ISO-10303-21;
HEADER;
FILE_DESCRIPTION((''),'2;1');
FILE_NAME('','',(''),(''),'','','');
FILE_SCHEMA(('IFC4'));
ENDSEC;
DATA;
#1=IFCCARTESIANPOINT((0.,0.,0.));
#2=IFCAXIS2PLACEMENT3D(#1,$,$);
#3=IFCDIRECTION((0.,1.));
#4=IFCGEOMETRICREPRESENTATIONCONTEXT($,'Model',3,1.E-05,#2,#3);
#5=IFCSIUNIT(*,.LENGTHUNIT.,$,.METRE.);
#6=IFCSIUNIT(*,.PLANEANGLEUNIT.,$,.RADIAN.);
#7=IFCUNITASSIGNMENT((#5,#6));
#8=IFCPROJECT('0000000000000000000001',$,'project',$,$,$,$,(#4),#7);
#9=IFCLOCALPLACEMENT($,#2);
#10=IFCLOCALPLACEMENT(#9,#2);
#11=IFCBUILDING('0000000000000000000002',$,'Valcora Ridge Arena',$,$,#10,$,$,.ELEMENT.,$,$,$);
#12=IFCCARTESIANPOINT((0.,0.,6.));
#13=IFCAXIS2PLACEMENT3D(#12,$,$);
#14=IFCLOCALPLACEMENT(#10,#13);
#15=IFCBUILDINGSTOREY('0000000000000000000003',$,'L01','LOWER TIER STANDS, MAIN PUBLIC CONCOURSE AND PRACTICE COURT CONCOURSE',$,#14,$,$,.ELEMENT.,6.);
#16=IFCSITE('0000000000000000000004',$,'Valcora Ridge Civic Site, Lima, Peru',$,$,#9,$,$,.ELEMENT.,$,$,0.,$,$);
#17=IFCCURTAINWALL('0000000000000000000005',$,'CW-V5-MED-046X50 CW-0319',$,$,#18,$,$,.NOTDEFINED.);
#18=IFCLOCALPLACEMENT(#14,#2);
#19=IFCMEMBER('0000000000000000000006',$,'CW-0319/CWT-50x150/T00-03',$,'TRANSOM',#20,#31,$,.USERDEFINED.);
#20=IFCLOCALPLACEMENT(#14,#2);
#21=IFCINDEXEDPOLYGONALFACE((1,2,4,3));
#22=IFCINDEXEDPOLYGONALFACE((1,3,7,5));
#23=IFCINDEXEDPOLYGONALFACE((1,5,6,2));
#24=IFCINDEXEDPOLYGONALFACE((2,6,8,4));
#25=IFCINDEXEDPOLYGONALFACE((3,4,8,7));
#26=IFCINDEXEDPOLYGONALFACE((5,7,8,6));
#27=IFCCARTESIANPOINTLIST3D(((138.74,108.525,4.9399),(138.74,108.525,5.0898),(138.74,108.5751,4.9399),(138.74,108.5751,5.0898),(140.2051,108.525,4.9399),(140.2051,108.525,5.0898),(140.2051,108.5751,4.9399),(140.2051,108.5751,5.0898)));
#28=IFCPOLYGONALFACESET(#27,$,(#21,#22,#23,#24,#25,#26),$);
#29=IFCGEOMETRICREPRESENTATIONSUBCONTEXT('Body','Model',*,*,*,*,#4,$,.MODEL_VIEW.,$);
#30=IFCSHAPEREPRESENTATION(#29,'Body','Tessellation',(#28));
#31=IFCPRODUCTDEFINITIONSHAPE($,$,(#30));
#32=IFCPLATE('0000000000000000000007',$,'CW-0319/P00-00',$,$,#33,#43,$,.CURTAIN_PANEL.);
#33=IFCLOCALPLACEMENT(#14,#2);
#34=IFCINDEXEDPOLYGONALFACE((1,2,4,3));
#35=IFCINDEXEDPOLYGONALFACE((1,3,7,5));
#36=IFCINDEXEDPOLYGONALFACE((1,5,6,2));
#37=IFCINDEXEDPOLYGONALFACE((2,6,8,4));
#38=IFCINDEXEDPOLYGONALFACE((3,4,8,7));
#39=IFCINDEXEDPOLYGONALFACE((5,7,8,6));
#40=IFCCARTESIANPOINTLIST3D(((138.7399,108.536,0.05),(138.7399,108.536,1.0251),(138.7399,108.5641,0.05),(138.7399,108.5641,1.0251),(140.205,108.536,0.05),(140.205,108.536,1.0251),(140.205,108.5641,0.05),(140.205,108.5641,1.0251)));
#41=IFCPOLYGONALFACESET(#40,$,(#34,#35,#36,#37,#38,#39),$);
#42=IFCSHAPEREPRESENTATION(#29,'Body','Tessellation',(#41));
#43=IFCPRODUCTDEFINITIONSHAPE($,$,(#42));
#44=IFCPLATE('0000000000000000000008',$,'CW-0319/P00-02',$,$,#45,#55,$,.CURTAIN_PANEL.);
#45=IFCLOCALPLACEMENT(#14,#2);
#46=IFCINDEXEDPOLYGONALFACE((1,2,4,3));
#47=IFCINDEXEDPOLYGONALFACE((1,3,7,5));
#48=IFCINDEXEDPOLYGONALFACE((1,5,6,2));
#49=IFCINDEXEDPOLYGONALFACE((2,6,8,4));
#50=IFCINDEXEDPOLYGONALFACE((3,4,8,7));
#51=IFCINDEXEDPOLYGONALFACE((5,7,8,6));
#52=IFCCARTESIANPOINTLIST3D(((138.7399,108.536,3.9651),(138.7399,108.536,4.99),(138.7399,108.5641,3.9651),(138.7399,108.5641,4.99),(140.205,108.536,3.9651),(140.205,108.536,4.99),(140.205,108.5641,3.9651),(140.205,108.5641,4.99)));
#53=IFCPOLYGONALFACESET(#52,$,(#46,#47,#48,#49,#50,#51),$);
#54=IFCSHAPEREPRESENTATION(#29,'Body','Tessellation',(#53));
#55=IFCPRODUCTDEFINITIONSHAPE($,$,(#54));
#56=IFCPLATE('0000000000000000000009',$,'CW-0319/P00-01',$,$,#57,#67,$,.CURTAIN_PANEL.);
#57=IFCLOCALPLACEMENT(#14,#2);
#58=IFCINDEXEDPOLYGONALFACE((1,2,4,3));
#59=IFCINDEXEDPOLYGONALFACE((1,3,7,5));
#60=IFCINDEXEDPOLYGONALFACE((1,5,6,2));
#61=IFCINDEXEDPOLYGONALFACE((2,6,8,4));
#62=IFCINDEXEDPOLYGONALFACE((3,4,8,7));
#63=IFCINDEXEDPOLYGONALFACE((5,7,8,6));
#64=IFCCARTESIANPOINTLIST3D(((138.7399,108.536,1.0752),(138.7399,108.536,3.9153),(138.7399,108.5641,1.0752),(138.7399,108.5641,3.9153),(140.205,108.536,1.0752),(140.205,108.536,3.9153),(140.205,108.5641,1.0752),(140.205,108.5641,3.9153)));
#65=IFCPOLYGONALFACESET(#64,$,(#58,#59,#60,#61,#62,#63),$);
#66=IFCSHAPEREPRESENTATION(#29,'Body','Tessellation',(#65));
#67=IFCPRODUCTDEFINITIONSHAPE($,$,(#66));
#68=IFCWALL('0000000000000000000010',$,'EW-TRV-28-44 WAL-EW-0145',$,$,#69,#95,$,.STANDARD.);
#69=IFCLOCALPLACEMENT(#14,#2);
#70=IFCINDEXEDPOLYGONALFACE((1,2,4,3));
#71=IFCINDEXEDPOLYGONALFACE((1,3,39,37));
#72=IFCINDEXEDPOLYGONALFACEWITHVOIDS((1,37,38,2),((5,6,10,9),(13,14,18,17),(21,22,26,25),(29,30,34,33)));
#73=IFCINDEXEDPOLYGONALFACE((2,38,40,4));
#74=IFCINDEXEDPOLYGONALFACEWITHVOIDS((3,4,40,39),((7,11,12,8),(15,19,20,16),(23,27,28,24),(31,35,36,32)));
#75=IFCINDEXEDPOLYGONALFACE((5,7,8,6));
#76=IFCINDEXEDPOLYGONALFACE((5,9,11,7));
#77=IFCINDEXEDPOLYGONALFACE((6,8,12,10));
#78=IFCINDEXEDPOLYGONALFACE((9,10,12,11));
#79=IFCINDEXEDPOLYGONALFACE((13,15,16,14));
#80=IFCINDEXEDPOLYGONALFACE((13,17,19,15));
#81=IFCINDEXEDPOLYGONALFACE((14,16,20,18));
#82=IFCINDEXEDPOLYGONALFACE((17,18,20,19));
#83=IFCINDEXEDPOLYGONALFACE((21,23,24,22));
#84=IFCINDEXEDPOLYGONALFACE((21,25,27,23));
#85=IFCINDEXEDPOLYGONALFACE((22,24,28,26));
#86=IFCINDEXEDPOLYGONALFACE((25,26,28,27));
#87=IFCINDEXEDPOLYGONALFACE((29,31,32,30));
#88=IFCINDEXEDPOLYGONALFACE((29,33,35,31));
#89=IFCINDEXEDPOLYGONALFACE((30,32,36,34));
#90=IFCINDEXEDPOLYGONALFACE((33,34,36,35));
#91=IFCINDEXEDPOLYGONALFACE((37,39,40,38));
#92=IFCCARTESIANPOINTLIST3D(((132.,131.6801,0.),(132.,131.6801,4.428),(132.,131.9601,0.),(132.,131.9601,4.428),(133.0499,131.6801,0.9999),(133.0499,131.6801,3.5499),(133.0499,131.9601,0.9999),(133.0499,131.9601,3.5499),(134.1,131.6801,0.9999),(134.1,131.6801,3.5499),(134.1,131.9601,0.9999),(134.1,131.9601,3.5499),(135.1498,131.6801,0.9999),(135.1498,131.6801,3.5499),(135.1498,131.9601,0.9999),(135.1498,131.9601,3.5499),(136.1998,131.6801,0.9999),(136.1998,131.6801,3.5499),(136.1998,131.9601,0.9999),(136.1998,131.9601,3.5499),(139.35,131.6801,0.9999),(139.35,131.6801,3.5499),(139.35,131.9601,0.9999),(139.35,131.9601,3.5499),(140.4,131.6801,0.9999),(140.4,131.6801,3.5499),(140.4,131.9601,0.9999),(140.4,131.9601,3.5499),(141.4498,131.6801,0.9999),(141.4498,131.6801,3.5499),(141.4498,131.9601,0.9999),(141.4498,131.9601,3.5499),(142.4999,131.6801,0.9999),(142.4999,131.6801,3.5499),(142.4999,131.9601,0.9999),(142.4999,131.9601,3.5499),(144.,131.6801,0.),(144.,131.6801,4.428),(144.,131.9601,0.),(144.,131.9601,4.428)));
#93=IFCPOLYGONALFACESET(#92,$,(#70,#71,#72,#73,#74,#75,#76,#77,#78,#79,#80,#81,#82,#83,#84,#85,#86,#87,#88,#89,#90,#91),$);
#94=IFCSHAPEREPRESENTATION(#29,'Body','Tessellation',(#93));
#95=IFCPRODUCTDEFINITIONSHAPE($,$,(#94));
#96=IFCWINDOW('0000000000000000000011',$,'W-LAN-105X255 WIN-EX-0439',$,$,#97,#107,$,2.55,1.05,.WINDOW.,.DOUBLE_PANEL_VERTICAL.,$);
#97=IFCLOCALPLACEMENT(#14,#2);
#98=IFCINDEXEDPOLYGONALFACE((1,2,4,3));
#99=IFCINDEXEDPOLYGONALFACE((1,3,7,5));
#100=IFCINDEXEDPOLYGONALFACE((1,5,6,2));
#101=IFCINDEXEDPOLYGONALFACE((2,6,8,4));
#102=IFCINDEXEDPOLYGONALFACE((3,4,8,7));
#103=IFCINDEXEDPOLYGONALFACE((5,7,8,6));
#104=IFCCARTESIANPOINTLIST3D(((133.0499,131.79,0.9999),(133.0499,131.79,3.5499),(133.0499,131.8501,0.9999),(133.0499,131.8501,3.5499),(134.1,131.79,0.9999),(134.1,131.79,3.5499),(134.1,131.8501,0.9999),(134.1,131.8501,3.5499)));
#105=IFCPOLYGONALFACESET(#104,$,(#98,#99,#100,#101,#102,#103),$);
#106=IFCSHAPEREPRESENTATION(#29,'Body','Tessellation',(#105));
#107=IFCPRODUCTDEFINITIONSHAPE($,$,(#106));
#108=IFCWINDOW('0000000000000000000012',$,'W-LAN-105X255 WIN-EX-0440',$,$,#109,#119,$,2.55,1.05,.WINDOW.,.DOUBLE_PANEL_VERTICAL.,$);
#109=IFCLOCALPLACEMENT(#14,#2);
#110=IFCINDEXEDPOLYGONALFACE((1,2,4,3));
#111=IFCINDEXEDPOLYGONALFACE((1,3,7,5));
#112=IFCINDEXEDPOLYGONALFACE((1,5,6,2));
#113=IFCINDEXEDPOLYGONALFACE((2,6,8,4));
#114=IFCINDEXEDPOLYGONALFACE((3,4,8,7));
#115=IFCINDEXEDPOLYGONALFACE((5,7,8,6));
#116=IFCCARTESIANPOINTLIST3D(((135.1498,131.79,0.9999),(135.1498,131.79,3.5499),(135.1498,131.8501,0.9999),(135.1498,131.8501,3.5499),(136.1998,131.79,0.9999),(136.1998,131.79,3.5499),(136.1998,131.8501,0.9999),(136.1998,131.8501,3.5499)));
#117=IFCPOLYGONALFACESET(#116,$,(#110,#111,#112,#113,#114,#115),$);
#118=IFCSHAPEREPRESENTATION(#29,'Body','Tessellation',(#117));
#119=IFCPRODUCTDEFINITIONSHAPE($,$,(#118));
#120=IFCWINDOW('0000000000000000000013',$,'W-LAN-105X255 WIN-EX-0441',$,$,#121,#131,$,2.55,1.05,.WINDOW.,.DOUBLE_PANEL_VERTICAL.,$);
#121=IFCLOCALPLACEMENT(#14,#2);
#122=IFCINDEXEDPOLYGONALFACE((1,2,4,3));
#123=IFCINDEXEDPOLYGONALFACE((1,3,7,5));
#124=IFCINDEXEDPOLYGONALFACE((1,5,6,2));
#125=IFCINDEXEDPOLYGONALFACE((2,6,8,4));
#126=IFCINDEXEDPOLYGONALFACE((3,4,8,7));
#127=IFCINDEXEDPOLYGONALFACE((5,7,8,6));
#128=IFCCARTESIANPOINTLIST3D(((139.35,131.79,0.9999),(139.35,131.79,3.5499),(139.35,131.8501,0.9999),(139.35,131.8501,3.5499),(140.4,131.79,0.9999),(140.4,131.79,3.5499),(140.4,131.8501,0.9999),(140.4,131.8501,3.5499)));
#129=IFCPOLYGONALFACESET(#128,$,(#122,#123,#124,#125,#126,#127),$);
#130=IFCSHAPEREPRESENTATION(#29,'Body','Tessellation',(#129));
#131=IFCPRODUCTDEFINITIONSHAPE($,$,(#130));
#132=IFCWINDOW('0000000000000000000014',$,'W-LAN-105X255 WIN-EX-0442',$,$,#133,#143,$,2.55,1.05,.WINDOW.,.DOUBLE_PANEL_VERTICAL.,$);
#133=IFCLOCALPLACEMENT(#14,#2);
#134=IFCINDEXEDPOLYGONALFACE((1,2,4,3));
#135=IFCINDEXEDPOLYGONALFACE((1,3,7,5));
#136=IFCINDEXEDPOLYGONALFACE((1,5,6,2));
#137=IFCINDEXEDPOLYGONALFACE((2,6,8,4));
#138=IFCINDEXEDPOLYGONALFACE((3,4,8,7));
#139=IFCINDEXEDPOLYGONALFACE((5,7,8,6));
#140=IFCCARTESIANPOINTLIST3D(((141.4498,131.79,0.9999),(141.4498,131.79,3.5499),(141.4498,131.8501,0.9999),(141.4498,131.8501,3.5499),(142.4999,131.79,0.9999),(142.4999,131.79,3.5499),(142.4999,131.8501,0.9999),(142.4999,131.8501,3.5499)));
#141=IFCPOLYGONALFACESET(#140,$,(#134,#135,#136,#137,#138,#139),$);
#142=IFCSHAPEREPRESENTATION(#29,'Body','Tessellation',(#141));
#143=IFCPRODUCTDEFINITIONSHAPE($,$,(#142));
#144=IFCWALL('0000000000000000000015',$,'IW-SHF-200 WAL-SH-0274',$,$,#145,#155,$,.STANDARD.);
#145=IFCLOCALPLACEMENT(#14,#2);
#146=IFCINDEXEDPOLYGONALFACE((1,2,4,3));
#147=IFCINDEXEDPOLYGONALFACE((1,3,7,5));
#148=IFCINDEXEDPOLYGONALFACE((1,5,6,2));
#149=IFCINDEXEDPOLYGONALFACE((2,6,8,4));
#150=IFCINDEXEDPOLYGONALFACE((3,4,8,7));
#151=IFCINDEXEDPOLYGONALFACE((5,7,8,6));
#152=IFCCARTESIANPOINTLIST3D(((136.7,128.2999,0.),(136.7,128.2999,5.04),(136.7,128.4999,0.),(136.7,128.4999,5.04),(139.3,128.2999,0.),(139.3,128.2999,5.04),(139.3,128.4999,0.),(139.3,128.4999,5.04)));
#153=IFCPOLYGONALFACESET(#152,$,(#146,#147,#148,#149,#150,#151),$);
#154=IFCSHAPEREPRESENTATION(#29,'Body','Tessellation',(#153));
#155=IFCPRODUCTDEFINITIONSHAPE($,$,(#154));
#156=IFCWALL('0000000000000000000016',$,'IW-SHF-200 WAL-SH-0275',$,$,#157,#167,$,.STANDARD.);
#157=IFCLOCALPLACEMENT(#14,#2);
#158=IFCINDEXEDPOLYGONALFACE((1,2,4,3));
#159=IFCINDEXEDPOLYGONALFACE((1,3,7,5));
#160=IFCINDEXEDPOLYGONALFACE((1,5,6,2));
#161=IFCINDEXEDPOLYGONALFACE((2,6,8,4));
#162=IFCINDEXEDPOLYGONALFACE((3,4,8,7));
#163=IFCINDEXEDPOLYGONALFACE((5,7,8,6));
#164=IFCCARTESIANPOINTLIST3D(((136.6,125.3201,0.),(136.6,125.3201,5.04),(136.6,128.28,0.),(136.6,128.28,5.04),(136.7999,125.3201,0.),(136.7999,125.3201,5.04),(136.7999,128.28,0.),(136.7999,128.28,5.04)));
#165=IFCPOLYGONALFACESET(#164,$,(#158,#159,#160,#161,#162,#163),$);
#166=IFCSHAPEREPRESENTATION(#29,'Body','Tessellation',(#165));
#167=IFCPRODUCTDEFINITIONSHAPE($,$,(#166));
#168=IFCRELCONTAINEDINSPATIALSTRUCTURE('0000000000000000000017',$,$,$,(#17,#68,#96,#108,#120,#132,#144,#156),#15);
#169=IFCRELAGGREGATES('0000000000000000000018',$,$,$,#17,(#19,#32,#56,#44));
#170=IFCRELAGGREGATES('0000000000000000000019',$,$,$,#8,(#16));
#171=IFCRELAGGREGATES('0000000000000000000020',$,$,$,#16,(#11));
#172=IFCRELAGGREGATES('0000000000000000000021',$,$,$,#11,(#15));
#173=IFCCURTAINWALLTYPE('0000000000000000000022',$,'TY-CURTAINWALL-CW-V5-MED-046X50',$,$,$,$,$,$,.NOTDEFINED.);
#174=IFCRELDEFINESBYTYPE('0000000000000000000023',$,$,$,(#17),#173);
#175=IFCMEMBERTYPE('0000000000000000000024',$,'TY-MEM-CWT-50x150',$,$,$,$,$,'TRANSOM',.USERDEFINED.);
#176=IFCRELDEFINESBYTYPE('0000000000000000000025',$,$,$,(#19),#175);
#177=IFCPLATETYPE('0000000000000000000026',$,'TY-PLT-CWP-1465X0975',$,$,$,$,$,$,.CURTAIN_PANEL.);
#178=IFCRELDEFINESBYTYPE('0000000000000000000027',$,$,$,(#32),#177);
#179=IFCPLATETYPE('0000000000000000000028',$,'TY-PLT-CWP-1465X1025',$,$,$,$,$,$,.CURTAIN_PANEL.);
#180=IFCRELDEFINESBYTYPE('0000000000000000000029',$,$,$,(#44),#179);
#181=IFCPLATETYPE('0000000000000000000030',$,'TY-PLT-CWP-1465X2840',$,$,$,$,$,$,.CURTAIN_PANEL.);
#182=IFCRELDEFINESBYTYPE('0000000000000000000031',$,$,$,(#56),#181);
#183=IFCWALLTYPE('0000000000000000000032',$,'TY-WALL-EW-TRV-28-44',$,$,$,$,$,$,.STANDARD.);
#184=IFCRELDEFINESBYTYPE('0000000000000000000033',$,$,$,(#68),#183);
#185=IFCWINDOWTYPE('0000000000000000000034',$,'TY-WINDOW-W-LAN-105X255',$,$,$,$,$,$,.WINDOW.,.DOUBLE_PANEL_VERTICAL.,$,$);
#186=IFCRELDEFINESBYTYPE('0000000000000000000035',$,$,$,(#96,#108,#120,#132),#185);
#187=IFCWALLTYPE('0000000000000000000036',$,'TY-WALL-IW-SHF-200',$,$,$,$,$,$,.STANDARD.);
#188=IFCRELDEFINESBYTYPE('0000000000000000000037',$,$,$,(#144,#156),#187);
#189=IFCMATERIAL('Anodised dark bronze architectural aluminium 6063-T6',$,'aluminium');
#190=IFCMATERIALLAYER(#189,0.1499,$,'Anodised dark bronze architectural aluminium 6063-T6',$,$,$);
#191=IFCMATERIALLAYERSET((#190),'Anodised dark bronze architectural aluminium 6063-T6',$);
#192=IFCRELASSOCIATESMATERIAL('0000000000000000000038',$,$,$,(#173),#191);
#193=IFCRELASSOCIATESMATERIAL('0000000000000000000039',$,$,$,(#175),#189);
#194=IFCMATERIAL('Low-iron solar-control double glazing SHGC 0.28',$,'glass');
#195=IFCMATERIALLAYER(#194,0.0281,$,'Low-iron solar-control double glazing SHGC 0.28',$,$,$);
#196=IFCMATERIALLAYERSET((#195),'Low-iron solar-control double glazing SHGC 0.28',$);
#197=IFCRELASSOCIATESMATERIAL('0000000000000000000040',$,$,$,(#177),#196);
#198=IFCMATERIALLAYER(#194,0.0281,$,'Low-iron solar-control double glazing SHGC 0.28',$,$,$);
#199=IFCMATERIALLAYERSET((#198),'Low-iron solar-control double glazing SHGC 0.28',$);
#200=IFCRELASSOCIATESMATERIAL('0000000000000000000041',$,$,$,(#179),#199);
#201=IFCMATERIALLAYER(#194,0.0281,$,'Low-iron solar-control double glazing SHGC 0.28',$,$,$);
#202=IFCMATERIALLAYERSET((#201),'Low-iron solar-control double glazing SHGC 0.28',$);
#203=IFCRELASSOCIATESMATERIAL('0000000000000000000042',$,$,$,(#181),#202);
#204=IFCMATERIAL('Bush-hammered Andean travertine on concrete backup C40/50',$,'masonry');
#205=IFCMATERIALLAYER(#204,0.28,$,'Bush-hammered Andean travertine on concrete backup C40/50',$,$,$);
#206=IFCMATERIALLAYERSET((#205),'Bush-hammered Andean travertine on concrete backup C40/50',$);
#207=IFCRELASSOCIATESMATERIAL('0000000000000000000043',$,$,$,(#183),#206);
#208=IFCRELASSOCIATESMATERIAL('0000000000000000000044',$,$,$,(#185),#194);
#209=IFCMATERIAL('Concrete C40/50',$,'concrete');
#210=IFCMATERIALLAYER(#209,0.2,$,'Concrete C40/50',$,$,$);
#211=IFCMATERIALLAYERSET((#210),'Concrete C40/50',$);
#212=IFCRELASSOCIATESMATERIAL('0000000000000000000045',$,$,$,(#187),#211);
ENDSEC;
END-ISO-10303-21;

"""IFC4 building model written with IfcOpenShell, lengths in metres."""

from ifc_helpers import new_model, si_unit, direction, frame, frame_2d, origin, origin_2d, place, context, subcontext, project, spatial, rectangle, extrude, material, layer, layer_set, material_profile, profile_set, type_object, element, fill, aggregate, save


model = new_model("IFC4")

# Units and contexts
model_context = context("Model", 3, precision=1e-05, world=origin(), true_north=direction((0.0, 1.0)))
body_context = subcontext(model_context, "Body", "Model", "MODEL_VIEW")
ifc_project = project(units=[si_unit("LENGTHUNIT", "METRE"), si_unit("PLANEANGLEUNIT", "RADIAN")], contexts=[model_context])

# Site, building, storey
site_placement = place(None, origin())
site = spatial("IfcSite", under=ifc_project, at=site_placement, Name="Valcora Ridge Civic Site, Lima, Peru", CompositionType="ELEMENT", RefElevation=0.0)
building_placement = place(site_placement, origin())
building = spatial("IfcBuilding", under=site, at=building_placement, Name="Valcora Ridge Arena", CompositionType="ELEMENT")
storey_placement = place(building_placement, frame((0.0, 0.0, 6.0)))
storey = spatial("IfcBuildingStorey", under=building, at=storey_placement, Name="L01", Description="LOWER TIER STANDS, MAIN PUBLIC CONCOURSE AND PRACTICE COURT CONCOURSE", CompositionType="ELEMENT", Elevation=6.0)

# Shared definitions
ifc_material_1 = material(Name="Concrete C40/50", Category="concrete")

# Curtain wall, member, plates
ifc_material_2 = material(Name="Anodised dark bronze architectural aluminium 6063-T6", Category="aluminium")
ifc_layer_1 = layer(ifc_material_2, 0.1499, Name="Anodised dark bronze architectural aluminium 6063-T6")
ifc_layer_set_1 = layer_set([ifc_layer_1], Name="Anodised dark bronze architectural aluminium 6063-T6")
curtain_wall_type = type_object("IfcCurtainWallType", Name="TY-CURTAINWALL-CW-V5-MED-046X50", PredefinedType="NOTDEFINED", material=ifc_layer_set_1)
curtain_wall_placement = place(storey_placement, origin())
curtain_wall = element("IfcCurtainWall", 1, at=curtain_wall_placement, inside=storey, type_object=curtain_wall_type, Name="CW-V5-MED-046X50 CW-0319", PredefinedType="NOTDEFINED")
ifc_material_profile_1 = material_profile(ifc_material_2, rectangle(XDim=0.05, YDim=0.1499, at=origin_2d()), Name="ALU TRANSOM 50x150")
ifc_profile_set_1 = profile_set([ifc_material_profile_1], Name="Anodised dark bronze architectural aluminium 6063-T6")
member_type = type_object("IfcMemberType", Name="TY-MEM-CWT-50x150", ElementType="TRANSOM", PredefinedType="USERDEFINED", material=ifc_profile_set_1)
member_placement = place(storey_placement, frame((138.74, 108.55, 5.0149), z_axis=(1.0, 0.0, 0.0), x_axis=(0.0, 1.0, 0.0)))
member = element("IfcMember", 2, at=member_placement, type_object=member_type, Name="CW-0319/CWT-50x150/T00-03", ObjectType="TRANSOM", PredefinedType="USERDEFINED", context=body_context, shape_type="SweptSolid", body=[
    extrude(rectangle(XDim=0.05, YDim=0.1499, at=origin_2d()), origin(), (0.0, 0.0, 1.0), 1.4651),
])
ifc_material_3 = material(Name="Low-iron solar-control double glazing SHGC 0.28", Category="glass")
ifc_layer_2 = layer(ifc_material_3, 0.0281, Name="Low-iron solar-control double glazing SHGC 0.28")
ifc_layer_set_2 = layer_set([ifc_layer_2], Name="Low-iron solar-control double glazing SHGC 0.28")
plate_type_1 = type_object("IfcPlateType", Name="TY-PLT-CWP-1465X0975", PredefinedType="CURTAIN_PANEL", material=ifc_layer_set_2)
plate_1_placement = place(storey_placement, frame((139.4724, 108.55, 0.05), z_axis=(0.0, 0.0, 1.0), x_axis=(1.0, 0.0, 0.0)))
plate_1 = element("IfcPlate", 3, at=plate_1_placement, type_object=plate_type_1, Name="CW-0319/P00-00", PredefinedType="CURTAIN_PANEL", context=body_context, shape_type="SweptSolid", body=[
    extrude(rectangle(XDim=1.4651, YDim=0.0281, at=origin_2d()), origin(), (0.0, 0.0, 1.0), 0.9751),
])
ifc_layer_3 = layer(ifc_material_3, 0.0281, Name="Low-iron solar-control double glazing SHGC 0.28")
ifc_layer_set_3 = layer_set([ifc_layer_3], Name="Low-iron solar-control double glazing SHGC 0.28")
plate_type_2 = type_object("IfcPlateType", Name="TY-PLT-CWP-1465X1025", PredefinedType="CURTAIN_PANEL", material=ifc_layer_set_3)
plate_2_placement = place(storey_placement, frame((139.4724, 108.55, 3.9651), z_axis=(0.0, 0.0, 1.0), x_axis=(1.0, 0.0, 0.0)))
plate_2 = element("IfcPlate", 4, at=plate_2_placement, type_object=plate_type_2, Name="CW-0319/P00-02", PredefinedType="CURTAIN_PANEL", context=body_context, shape_type="SweptSolid", body=[
    extrude(rectangle(XDim=1.4651, YDim=0.0281, at=origin_2d()), origin(), (0.0, 0.0, 1.0), 1.0249),
])
ifc_layer_4 = layer(ifc_material_3, 0.0281, Name="Low-iron solar-control double glazing SHGC 0.28")
ifc_layer_set_4 = layer_set([ifc_layer_4], Name="Low-iron solar-control double glazing SHGC 0.28")
plate_type_3 = type_object("IfcPlateType", Name="TY-PLT-CWP-1465X2840", PredefinedType="CURTAIN_PANEL", material=ifc_layer_set_4)
plate_3_placement = place(storey_placement, frame((139.4724, 108.55, 1.0752), z_axis=(0.0, 0.0, 1.0), x_axis=(1.0, 0.0, 0.0)))
plate_3 = element("IfcPlate", 5, at=plate_3_placement, type_object=plate_type_3, Name="CW-0319/P00-01", PredefinedType="CURTAIN_PANEL", context=body_context, shape_type="SweptSolid", body=[
    extrude(rectangle(XDim=1.4651, YDim=0.0281, at=origin_2d()), origin(), (0.0, 0.0, 1.0), 2.8401),
])
aggregate(curtain_wall, [member, plate_1, plate_3, plate_2])

# Wall, openings, windows
ifc_material_4 = material(Name="Bush-hammered Andean travertine on concrete backup C40/50", Category="masonry")
ifc_layer_5 = layer(ifc_material_4, 0.28, Name="Bush-hammered Andean travertine on concrete backup C40/50")
ifc_layer_set_5 = layer_set([ifc_layer_5], Name="Bush-hammered Andean travertine on concrete backup C40/50")
wall_type_1 = type_object("IfcWallType", Name="TY-WALL-EW-TRV-28-44", PredefinedType="STANDARD", material=ifc_layer_set_5)
wall_1_placement = place(storey_placement, frame((132.0, 131.8201, 0.0), z_axis=(0.0, 0.0, 1.0), x_axis=(1.0, 0.0, 0.0)))
wall_1 = element("IfcWall", 6, at=wall_1_placement, inside=storey, type_object=wall_type_1, Name="EW-TRV-28-44 WAL-EW-0145", PredefinedType="STANDARD", context=body_context, shape_type="SweptSolid", body=[
    extrude(rectangle(XDim=12.0, YDim=0.28, at=frame_2d((6.0, 0.0))), origin(), (0.0, 0.0, 1.0), 4.428),
])
opening_1_placement = place(wall_1_placement, frame((1.05, 0.0, 1.0)))
opening_1 = element("IfcOpeningElement", 7, at=opening_1_placement, cuts=wall_1, PredefinedType="OPENING", context=body_context, shape_type="SweptSolid", body=[
    extrude(rectangle(XDim=1.05, YDim=2.55, at=frame_2d((0.5249, 1.2749))), frame((0.0, 0.1499, 0.0), z_axis=(0.0, -1.0, 0.0), x_axis=(1.0, 0.0, 0.0)), (0.0, 0.0, 1.0), 0.3),
])
opening_2_placement = place(wall_1_placement, frame((3.1499, 0.0, 1.0)))
opening_2 = element("IfcOpeningElement", 8, at=opening_2_placement, cuts=wall_1, PredefinedType="OPENING", context=body_context, shape_type="SweptSolid", body=[
    extrude(rectangle(XDim=1.05, YDim=2.55, at=frame_2d((0.5249, 1.2749))), frame((0.0, 0.1499, 0.0), z_axis=(0.0, -1.0, 0.0), x_axis=(1.0, 0.0, 0.0)), (0.0, 0.0, 1.0), 0.3),
])
opening_3_placement = place(wall_1_placement, frame((7.3501, 0.0, 1.0)))
opening_3 = element("IfcOpeningElement", 9, at=opening_3_placement, cuts=wall_1, PredefinedType="OPENING", context=body_context, shape_type="SweptSolid", body=[
    extrude(rectangle(XDim=1.05, YDim=2.55, at=frame_2d((0.5249, 1.2749))), frame((0.0, 0.1499, 0.0), z_axis=(0.0, -1.0, 0.0), x_axis=(1.0, 0.0, 0.0)), (0.0, 0.0, 1.0), 0.3),
])
opening_4_placement = place(wall_1_placement, frame((9.45, 0.0, 1.0)))
opening_4 = element("IfcOpeningElement", 10, at=opening_4_placement, cuts=wall_1, PredefinedType="OPENING", context=body_context, shape_type="SweptSolid", body=[
    extrude(rectangle(XDim=1.05, YDim=2.55, at=frame_2d((0.5249, 1.2749))), frame((0.0, 0.1499, 0.0), z_axis=(0.0, -1.0, 0.0), x_axis=(1.0, 0.0, 0.0)), (0.0, 0.0, 1.0), 0.3),
])
window_type = type_object("IfcWindowType", Name="TY-WINDOW-W-LAN-105X255", PartitioningType="DOUBLE_PANEL_VERTICAL", PredefinedType="WINDOW", material=ifc_material_3)
window_1_placement = place(opening_1_placement, origin())
window_1 = element("IfcWindow", 11, at=window_1_placement, inside=storey, type_object=window_type, Name="W-LAN-105X255 WIN-EX-0439", OverallHeight=2.55, OverallWidth=1.05, PartitioningType="DOUBLE_PANEL_VERTICAL", PredefinedType="WINDOW", context=body_context, shape_type="SweptSolid", body=[
    extrude(rectangle(XDim=1.05, YDim=2.55, at=frame_2d((0.5249, 1.2749))), frame((0.0, 0.03, 0.0), z_axis=(0.0, -1.0, 0.0), x_axis=(1.0, 0.0, 0.0)), (0.0, 0.0, 1.0), 0.0601),
])
fill(opening_1, window_1)
window_2_placement = place(opening_2_placement, origin())
window_2 = element("IfcWindow", 12, at=window_2_placement, inside=storey, type_object=window_type, Name="W-LAN-105X255 WIN-EX-0440", OverallHeight=2.55, OverallWidth=1.05, PartitioningType="DOUBLE_PANEL_VERTICAL", PredefinedType="WINDOW", context=body_context, shape_type="SweptSolid", body=[
    extrude(rectangle(XDim=1.05, YDim=2.55, at=frame_2d((0.5249, 1.2749))), frame((0.0, 0.03, 0.0), z_axis=(0.0, -1.0, 0.0), x_axis=(1.0, 0.0, 0.0)), (0.0, 0.0, 1.0), 0.0601),
])
fill(opening_2, window_2)
window_3_placement = place(opening_3_placement, origin())
window_3 = element("IfcWindow", 13, at=window_3_placement, inside=storey, type_object=window_type, Name="W-LAN-105X255 WIN-EX-0441", OverallHeight=2.55, OverallWidth=1.05, PartitioningType="DOUBLE_PANEL_VERTICAL", PredefinedType="WINDOW", context=body_context, shape_type="SweptSolid", body=[
    extrude(rectangle(XDim=1.05, YDim=2.55, at=frame_2d((0.5249, 1.2749))), frame((0.0, 0.03, 0.0), z_axis=(0.0, -1.0, 0.0), x_axis=(1.0, 0.0, 0.0)), (0.0, 0.0, 1.0), 0.0601),
])
fill(opening_3, window_3)
window_4_placement = place(opening_4_placement, origin())
window_4 = element("IfcWindow", 14, at=window_4_placement, inside=storey, type_object=window_type, Name="W-LAN-105X255 WIN-EX-0442", OverallHeight=2.55, OverallWidth=1.05, PartitioningType="DOUBLE_PANEL_VERTICAL", PredefinedType="WINDOW", context=body_context, shape_type="SweptSolid", body=[
    extrude(rectangle(XDim=1.05, YDim=2.55, at=frame_2d((0.5249, 1.2749))), frame((0.0, 0.03, 0.0), z_axis=(0.0, -1.0, 0.0), x_axis=(1.0, 0.0, 0.0)), (0.0, 0.0, 1.0), 0.0601),
])
fill(opening_4, window_4)

# Shared definitions
ifc_layer_6 = layer(ifc_material_1, 0.2, Name="Concrete C40/50")
ifc_layer_set_6 = layer_set([ifc_layer_6], Name="Concrete C40/50")
wall_type_2 = type_object("IfcWallType", Name="TY-WALL-IW-SHF-200", PredefinedType="STANDARD", material=ifc_layer_set_6)

# Walls
wall_2_placement = place(storey_placement, frame((136.7, 128.3999, 0.0), z_axis=(0.0, 0.0, 1.0), x_axis=(1.0, 0.0, 0.0)))
element("IfcWall", 15, at=wall_2_placement, inside=storey, type_object=wall_type_2, Name="IW-SHF-200 WAL-SH-0274", PredefinedType="STANDARD", context=body_context, shape_type="SweptSolid", body=[
    extrude(rectangle(XDim=2.6001, YDim=0.2, at=frame_2d((1.3, 0.0))), origin(), (0.0, 0.0, 1.0), 5.04),
])
for number, where, z_axis, x_axis, name in (
    (16, (136.7, 125.3201, 0.0), (0.0, 0.0, 1.0), (0.0, 1.0, 0.0), "IW-SHF-200 WAL-SH-0275"),
):
    element("IfcWall", number, at=place(storey_placement, frame(where, z_axis=z_axis, x_axis=x_axis)), inside=storey, type_object=wall_type_2, Name=name, PredefinedType="STANDARD", context=body_context, shape_type="SweptSolid", body=[
        extrude(rectangle(XDim=2.96, YDim=0.2, at=frame_2d((1.48, 0.0))), origin(), (0.0, 0.0, 1.0), 5.04),
    ])

save(model, "model.ifc")
